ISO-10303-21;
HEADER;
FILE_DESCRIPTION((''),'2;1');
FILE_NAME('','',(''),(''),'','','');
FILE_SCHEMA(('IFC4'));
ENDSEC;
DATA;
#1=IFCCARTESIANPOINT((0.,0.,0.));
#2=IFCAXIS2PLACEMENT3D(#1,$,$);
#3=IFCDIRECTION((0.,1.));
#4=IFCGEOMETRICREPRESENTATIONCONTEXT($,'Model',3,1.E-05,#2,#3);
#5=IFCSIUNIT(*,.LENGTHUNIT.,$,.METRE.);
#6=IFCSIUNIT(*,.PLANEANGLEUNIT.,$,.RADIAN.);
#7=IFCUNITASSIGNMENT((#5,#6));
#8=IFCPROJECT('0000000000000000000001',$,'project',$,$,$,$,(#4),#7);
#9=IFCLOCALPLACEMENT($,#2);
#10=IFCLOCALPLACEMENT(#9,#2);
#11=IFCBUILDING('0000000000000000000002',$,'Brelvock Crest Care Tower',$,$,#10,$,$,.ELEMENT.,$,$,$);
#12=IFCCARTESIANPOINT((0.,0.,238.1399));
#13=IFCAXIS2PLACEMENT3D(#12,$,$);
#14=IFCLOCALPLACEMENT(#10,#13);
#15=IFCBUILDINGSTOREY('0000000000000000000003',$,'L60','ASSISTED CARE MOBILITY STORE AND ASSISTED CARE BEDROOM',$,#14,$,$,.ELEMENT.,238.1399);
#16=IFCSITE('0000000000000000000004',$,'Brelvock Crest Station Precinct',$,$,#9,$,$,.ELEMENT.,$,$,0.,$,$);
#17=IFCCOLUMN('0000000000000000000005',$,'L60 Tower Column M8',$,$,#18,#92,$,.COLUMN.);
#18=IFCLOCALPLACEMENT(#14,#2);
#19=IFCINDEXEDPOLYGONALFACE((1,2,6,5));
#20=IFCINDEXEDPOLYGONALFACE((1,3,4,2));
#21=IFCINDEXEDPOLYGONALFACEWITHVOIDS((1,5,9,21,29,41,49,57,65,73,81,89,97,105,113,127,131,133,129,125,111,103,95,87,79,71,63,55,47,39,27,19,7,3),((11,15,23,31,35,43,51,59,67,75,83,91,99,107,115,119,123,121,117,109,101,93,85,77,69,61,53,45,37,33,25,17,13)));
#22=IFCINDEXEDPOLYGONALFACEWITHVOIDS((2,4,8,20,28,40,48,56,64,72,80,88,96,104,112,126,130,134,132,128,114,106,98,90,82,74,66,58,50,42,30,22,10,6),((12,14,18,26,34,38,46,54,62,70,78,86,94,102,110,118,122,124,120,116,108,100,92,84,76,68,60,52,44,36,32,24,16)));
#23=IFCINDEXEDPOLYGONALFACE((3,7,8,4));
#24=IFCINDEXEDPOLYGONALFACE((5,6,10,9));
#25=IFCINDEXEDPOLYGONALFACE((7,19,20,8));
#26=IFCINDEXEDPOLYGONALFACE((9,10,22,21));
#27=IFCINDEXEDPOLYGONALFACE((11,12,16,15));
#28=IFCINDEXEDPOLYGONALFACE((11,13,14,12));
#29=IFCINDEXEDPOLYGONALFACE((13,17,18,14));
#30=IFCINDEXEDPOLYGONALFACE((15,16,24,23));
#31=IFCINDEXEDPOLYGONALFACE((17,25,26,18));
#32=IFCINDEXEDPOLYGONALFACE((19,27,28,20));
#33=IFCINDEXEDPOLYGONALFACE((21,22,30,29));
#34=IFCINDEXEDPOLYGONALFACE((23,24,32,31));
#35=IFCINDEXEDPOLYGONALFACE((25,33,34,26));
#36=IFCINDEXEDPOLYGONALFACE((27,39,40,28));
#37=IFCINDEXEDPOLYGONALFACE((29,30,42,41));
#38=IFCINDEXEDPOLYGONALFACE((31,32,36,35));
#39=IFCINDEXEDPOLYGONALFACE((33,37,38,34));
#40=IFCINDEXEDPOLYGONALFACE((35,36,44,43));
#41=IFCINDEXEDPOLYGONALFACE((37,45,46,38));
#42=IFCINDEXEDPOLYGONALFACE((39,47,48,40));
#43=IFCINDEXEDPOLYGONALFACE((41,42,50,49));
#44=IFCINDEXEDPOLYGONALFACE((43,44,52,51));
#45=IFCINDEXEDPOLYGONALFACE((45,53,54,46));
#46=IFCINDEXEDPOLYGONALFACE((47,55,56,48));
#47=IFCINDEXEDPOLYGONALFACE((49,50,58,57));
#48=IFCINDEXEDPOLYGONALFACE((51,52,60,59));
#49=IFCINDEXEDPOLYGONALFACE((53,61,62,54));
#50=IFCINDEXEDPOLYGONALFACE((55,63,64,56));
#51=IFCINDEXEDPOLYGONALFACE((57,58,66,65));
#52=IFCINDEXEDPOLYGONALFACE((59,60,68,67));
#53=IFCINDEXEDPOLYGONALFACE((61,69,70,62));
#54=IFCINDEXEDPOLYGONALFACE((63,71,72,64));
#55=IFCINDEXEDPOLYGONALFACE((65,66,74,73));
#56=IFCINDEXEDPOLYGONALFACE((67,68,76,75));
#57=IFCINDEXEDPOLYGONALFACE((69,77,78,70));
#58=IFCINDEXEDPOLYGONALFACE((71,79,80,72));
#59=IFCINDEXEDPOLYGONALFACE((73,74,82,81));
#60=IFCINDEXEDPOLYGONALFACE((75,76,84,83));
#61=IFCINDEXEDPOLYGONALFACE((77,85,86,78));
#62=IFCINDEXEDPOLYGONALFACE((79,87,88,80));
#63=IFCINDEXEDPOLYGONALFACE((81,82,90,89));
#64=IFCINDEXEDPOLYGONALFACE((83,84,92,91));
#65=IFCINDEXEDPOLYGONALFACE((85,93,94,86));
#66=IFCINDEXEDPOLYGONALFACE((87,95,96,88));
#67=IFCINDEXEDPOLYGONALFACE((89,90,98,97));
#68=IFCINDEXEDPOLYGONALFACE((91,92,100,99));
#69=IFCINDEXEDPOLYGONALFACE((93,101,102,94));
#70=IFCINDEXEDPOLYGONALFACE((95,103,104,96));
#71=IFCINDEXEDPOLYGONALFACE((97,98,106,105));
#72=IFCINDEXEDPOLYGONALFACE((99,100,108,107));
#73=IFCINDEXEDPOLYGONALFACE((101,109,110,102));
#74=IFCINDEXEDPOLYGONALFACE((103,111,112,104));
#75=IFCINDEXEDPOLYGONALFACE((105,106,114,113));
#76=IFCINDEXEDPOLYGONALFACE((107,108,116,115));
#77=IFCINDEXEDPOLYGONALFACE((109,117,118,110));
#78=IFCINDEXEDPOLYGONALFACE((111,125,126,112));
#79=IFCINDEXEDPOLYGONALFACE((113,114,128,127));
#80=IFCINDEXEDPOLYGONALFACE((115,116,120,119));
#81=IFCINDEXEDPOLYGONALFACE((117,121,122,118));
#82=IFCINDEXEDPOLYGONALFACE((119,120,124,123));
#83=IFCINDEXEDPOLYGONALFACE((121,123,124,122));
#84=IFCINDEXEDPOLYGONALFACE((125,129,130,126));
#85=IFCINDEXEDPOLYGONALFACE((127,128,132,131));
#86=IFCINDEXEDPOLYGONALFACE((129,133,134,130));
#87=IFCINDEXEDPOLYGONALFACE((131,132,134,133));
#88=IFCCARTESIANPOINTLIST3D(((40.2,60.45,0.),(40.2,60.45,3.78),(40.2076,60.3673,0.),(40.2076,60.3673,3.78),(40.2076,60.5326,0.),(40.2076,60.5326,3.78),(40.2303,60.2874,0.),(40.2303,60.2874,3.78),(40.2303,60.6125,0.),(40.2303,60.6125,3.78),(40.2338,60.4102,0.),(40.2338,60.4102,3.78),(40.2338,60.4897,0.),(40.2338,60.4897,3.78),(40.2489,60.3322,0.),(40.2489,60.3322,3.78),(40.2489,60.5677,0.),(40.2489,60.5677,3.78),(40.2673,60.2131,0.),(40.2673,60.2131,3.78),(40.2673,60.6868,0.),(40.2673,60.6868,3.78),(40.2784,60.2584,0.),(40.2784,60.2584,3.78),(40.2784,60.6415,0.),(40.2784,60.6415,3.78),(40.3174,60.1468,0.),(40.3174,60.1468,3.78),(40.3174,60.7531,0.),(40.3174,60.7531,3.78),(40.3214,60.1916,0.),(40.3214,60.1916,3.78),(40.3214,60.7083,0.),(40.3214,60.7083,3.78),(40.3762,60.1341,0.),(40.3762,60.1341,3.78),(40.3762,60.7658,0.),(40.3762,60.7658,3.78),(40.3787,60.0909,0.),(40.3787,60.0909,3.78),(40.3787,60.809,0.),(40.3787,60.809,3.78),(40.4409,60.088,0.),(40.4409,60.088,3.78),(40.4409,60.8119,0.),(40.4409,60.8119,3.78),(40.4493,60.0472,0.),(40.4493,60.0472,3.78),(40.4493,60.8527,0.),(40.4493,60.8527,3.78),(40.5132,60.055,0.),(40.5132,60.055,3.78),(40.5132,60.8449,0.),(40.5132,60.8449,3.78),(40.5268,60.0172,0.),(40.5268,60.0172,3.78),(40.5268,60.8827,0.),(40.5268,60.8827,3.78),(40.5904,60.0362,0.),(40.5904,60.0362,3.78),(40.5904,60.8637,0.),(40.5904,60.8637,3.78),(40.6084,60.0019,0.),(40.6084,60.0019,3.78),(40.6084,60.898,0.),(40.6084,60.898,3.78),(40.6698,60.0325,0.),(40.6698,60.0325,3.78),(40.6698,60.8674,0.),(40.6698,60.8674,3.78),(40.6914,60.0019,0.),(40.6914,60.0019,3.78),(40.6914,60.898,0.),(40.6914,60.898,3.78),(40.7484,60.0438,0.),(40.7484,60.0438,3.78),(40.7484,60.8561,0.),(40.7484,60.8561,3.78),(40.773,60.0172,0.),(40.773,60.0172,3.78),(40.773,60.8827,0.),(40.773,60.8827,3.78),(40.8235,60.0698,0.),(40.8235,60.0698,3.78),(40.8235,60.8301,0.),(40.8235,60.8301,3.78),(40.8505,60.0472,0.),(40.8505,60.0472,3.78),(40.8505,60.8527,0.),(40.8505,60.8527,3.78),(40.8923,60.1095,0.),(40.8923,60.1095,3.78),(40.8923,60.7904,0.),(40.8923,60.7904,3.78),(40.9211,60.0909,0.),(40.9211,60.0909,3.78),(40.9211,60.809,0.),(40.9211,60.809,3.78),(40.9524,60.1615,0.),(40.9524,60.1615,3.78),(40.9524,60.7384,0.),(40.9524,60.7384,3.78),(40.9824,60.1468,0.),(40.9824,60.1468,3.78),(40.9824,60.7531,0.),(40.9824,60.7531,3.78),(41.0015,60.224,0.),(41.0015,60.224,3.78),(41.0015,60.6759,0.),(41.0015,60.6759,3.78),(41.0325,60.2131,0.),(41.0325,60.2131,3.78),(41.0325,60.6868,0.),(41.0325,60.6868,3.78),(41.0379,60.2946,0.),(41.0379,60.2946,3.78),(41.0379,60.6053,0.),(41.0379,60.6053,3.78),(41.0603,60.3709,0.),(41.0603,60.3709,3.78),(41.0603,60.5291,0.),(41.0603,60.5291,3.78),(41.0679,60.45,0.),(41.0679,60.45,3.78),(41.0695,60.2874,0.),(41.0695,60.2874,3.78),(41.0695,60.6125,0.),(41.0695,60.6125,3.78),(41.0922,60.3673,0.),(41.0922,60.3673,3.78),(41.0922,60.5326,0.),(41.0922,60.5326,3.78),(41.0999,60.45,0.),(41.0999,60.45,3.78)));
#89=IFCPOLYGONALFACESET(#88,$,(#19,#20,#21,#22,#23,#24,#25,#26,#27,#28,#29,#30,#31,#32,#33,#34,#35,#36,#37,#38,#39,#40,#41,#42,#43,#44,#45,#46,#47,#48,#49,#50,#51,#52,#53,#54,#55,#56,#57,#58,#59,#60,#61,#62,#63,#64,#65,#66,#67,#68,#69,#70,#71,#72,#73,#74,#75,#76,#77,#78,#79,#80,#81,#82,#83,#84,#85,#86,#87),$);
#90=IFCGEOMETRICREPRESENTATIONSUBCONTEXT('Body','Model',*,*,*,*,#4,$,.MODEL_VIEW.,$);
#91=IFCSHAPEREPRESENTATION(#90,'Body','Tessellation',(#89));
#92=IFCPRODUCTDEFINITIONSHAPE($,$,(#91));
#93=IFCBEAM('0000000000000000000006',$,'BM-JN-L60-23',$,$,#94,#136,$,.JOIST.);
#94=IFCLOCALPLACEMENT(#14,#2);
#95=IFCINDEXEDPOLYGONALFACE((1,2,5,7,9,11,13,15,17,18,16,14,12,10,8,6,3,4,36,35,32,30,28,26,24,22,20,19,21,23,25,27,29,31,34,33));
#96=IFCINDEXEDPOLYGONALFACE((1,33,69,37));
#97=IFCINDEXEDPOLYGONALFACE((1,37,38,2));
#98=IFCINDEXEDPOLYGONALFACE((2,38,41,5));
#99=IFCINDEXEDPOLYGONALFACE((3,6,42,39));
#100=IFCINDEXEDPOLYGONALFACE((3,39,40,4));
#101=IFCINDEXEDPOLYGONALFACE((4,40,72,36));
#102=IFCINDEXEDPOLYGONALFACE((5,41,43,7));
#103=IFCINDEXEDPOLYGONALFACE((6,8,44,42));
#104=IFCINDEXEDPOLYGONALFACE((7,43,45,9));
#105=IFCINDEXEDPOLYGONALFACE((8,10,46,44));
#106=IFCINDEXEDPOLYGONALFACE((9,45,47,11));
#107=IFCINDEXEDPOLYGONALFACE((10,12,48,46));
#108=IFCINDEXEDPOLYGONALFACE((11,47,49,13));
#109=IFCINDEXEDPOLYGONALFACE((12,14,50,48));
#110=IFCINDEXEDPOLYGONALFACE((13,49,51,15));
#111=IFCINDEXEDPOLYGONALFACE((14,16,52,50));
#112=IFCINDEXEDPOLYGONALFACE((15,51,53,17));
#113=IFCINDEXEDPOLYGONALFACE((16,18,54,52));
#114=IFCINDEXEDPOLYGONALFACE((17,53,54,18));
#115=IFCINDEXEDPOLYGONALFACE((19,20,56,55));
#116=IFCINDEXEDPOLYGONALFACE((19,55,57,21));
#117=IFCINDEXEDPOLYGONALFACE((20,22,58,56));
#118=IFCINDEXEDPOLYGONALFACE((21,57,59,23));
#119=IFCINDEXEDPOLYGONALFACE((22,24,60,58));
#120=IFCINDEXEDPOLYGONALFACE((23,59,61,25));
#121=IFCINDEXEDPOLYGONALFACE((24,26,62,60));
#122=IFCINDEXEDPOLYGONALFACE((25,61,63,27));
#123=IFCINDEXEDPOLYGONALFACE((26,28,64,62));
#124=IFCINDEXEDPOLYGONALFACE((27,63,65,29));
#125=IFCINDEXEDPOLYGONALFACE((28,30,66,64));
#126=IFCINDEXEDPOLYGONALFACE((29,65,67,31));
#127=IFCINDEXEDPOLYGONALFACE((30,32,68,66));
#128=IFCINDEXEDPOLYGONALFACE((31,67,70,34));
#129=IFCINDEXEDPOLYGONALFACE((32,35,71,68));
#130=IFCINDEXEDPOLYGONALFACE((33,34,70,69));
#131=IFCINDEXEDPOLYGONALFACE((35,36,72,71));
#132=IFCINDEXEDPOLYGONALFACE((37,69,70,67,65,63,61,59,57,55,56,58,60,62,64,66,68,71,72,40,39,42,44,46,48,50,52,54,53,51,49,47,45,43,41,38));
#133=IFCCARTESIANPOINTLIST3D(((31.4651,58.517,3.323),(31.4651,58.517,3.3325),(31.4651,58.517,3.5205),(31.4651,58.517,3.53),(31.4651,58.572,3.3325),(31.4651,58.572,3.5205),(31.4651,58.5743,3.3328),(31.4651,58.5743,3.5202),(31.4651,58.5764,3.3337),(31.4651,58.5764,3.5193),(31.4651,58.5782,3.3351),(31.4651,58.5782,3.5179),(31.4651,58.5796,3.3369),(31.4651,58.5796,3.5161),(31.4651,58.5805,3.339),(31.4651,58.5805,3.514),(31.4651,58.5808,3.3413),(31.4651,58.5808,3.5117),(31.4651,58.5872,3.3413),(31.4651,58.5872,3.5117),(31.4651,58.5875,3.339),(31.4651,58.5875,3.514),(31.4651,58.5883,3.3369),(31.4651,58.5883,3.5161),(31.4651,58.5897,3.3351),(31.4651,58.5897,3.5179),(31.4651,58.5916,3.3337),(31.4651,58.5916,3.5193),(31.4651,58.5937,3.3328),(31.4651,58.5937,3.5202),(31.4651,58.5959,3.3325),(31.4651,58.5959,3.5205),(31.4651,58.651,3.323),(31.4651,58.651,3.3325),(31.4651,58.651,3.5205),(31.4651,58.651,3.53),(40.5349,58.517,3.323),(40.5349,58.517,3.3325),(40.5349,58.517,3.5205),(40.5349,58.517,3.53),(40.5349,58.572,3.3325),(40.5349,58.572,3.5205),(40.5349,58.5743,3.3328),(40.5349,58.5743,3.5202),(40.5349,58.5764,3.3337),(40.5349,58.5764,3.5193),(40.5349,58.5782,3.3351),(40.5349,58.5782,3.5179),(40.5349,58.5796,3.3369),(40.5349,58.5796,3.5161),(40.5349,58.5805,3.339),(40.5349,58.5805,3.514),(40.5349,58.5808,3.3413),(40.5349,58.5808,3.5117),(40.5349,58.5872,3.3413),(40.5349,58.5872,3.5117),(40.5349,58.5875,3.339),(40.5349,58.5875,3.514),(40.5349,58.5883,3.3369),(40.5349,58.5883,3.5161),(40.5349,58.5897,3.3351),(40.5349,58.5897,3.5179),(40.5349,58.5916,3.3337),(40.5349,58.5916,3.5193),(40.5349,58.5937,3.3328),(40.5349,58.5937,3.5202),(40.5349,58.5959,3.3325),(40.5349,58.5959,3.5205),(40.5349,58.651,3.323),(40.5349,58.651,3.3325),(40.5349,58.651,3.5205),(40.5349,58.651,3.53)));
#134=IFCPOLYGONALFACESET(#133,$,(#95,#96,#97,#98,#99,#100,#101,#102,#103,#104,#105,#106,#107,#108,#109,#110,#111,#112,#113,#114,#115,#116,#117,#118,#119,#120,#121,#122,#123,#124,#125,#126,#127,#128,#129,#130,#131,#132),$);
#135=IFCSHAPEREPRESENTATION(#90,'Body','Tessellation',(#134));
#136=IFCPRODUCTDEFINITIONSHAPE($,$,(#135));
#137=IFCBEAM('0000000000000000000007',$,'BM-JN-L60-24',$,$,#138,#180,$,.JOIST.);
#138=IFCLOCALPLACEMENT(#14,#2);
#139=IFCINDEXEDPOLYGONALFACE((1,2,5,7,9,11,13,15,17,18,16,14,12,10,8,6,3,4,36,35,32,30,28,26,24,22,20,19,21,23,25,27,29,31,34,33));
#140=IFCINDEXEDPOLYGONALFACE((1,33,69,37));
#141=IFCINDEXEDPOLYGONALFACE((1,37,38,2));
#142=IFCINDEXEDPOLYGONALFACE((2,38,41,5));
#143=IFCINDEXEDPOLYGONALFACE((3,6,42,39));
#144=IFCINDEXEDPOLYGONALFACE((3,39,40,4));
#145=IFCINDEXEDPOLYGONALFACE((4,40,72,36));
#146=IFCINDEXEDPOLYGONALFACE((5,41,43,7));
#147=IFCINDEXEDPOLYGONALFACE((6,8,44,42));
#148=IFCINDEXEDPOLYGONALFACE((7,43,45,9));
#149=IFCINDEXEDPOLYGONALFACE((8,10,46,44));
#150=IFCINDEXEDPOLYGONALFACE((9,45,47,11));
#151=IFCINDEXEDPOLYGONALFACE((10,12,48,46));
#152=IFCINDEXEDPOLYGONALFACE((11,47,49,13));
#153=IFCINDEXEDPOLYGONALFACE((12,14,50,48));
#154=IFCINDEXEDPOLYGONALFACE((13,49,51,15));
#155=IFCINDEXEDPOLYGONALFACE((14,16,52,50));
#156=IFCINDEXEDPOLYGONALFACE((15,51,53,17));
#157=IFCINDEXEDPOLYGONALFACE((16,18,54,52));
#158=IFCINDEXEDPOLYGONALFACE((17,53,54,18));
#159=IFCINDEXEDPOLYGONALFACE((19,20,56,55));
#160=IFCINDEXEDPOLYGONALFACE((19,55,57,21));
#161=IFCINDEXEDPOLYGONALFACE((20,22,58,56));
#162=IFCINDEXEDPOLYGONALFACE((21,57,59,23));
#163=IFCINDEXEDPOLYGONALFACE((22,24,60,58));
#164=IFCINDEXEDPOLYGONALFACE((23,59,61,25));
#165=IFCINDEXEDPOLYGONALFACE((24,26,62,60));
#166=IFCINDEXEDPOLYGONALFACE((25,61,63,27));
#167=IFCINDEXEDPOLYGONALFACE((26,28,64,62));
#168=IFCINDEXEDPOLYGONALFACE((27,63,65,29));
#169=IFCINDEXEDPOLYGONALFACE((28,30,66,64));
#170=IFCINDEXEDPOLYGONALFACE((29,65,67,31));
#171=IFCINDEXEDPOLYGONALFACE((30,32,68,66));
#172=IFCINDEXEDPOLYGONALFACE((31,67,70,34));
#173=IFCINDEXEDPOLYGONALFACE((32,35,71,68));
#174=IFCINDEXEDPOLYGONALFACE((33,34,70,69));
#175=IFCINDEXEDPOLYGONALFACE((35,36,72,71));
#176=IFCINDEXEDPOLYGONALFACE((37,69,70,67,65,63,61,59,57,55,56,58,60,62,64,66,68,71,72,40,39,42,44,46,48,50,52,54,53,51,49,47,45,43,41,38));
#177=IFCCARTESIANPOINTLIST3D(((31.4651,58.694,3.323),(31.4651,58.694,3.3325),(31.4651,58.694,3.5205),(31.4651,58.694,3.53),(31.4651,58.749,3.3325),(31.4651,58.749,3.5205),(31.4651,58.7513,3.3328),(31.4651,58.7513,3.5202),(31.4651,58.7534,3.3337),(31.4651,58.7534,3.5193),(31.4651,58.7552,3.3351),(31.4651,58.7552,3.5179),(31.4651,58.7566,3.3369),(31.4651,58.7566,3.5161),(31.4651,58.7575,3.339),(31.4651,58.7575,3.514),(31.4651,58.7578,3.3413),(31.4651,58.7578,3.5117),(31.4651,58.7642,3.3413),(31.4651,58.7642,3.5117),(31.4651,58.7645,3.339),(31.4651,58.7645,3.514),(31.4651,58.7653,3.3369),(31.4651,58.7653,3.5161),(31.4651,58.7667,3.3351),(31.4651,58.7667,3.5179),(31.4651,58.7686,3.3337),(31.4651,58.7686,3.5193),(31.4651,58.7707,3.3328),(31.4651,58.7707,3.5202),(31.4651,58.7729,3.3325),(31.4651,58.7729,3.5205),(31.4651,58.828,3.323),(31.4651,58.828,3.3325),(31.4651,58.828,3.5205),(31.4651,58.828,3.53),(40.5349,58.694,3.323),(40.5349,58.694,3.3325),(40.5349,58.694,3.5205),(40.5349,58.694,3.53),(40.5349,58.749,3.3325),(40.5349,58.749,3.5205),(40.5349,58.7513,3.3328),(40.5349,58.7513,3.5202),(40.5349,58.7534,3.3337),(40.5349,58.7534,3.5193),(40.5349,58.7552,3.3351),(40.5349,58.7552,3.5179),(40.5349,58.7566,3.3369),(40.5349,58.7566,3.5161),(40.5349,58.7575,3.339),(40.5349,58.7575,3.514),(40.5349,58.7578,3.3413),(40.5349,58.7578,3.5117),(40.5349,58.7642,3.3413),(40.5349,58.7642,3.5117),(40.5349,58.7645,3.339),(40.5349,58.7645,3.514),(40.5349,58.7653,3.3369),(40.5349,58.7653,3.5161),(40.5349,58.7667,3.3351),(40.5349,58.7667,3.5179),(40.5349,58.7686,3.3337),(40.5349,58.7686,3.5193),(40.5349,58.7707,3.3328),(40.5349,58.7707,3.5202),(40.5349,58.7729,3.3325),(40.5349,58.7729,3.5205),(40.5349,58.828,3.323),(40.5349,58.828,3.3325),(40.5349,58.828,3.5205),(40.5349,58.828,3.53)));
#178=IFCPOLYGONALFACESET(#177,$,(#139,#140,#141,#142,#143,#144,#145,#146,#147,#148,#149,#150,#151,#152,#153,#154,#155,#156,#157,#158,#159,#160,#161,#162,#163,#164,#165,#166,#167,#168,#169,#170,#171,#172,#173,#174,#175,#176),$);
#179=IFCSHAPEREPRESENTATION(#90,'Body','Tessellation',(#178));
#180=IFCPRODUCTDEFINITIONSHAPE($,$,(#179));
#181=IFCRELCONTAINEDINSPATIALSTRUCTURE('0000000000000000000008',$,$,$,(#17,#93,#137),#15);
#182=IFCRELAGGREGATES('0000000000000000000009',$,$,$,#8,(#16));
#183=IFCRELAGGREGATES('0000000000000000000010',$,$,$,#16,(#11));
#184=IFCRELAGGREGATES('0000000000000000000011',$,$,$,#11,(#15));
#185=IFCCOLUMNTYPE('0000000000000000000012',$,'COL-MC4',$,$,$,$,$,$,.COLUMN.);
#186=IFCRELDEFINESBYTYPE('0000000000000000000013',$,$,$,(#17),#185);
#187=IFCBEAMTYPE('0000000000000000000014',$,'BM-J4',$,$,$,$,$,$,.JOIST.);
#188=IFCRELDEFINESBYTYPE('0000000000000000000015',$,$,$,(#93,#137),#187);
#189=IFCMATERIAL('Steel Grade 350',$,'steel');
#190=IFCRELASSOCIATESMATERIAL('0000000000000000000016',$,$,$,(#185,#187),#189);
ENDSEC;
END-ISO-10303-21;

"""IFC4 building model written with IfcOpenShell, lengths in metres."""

from ifc_helpers import new_model, si_unit, direction, frame, origin, origin_2d, place, context, subcontext, project, spatial, hollow_circle, i_section, extrude, source, transform, mapped, material, material_profile, profile_set, type_object, element, save


model = new_model("IFC4")

# Units and contexts
model_context = context("Model", 3, precision=1e-05, world=origin(), true_north=direction((0.0, 1.0)))
body_context = subcontext(model_context, "Body", "Model", "MODEL_VIEW")
ifc_project = project(units=[si_unit("LENGTHUNIT", "METRE"), si_unit("PLANEANGLEUNIT", "RADIAN")], contexts=[model_context])

# Site, building, storey
site_placement = place(None, origin())
site = spatial("IfcSite", under=ifc_project, at=site_placement, Name="Brelvock Crest Station Precinct", CompositionType="ELEMENT", RefElevation=0.0)
building_placement = place(site_placement, origin())
building = spatial("IfcBuilding", under=site, at=building_placement, Name="Brelvock Crest Care Tower", CompositionType="ELEMENT")
storey_placement = place(building_placement, frame((0.0, 0.0, 238.1399)))
storey = spatial("IfcBuildingStorey", under=building, at=storey_placement, Name="L60", Description="ASSISTED CARE MOBILITY STORE AND ASSISTED CARE BEDROOM", CompositionType="ELEMENT", Elevation=238.1399)

# Column
ifc_material_1 = material(Name="Steel Grade 350", Category="steel")
ifc_material_profile_1 = material_profile(ifc_material_1, hollow_circle(Radius=0.45, WallThickness=0.032, at=origin_2d()), Name="CFT900x32")
ifc_profile_set_1 = profile_set([ifc_material_profile_1], Name="Steel Grade 350")
column_type = type_object("IfcColumnType", Name="COL-MC4", PredefinedType="COLUMN", material=ifc_profile_set_1)
shared_shape_1 = source(origin(), body_context, "Body", "SweptSolid", [
    extrude(hollow_circle(Radius=0.45, WallThickness=0.032, at=origin_2d()), origin(), (0.0, 0.0, 1.0), 3.78),
])
column_placement = place(storey_placement, frame((40.6499, 60.45, 0.0), z_axis=(0.0, 0.0, 1.0), x_axis=(1.0, 0.0, 0.0)))
element("IfcColumn", 1, at=column_placement, inside=storey, type_object=column_type, Name="L60 Tower Column M8", PredefinedType="COLUMN", context=body_context, shape_type="MappedRepresentation", body=[
    mapped(shared_shape_1, transform((0.0, 0.0, 0.0), x_axis=(1.0, 0.0, 0.0), y_axis=(0.0, 1.0, 0.0), z_axis=(0.0, 0.0, 1.0), scale=1.0)),
])

# Beams
ifc_material_profile_2 = material_profile(ifc_material_1, i_section(OverallWidth=0.134, OverallDepth=0.207, WebThickness=0.0063, FlangeThickness=0.0095, FilletRadius=0.0088, at=origin_2d()), Name="200UB29.8")
ifc_profile_set_2 = profile_set([ifc_material_profile_2], Name="Steel Grade 350")
beam_type_1 = type_object("IfcBeamType", Name="BM-J4", PredefinedType="JOIST", material=ifc_profile_set_2)
shared_shape_2 = source(origin(), body_context, "Body", "SweptSolid", [
    extrude(i_section(OverallWidth=0.134, OverallDepth=0.207, WebThickness=0.0063, FlangeThickness=0.0095, FilletRadius=0.0088, at=origin_2d()), origin(), (0.0, 0.0, 1.0), 9.0698),
])
for number, where, z_axis, x_axis, name in (
    (2, (31.4651, 58.584, 3.4265), (1.0, 0.0, 0.0), (0.0, 1.0, 0.0), "BM-JN-L60-23"),
    (3, (31.4651, 58.761, 3.4265), (1.0, 0.0, 0.0), (0.0, 1.0, 0.0), "BM-JN-L60-24"),
):
    element("IfcBeam", number, at=place(storey_placement, frame(where, z_axis=z_axis, x_axis=x_axis)), inside=storey, type_object=beam_type_1, Name=name, PredefinedType="JOIST", context=body_context, shape_type="MappedRepresentation", body=[
        mapped(shared_shape_2, transform((0.0, 0.0, 0.0), x_axis=(1.0, 0.0, 0.0), y_axis=(0.0, 1.0, 0.0), z_axis=(0.0, 0.0, 1.0), scale=1.0)),
    ])

save(model, "model.ifc")
